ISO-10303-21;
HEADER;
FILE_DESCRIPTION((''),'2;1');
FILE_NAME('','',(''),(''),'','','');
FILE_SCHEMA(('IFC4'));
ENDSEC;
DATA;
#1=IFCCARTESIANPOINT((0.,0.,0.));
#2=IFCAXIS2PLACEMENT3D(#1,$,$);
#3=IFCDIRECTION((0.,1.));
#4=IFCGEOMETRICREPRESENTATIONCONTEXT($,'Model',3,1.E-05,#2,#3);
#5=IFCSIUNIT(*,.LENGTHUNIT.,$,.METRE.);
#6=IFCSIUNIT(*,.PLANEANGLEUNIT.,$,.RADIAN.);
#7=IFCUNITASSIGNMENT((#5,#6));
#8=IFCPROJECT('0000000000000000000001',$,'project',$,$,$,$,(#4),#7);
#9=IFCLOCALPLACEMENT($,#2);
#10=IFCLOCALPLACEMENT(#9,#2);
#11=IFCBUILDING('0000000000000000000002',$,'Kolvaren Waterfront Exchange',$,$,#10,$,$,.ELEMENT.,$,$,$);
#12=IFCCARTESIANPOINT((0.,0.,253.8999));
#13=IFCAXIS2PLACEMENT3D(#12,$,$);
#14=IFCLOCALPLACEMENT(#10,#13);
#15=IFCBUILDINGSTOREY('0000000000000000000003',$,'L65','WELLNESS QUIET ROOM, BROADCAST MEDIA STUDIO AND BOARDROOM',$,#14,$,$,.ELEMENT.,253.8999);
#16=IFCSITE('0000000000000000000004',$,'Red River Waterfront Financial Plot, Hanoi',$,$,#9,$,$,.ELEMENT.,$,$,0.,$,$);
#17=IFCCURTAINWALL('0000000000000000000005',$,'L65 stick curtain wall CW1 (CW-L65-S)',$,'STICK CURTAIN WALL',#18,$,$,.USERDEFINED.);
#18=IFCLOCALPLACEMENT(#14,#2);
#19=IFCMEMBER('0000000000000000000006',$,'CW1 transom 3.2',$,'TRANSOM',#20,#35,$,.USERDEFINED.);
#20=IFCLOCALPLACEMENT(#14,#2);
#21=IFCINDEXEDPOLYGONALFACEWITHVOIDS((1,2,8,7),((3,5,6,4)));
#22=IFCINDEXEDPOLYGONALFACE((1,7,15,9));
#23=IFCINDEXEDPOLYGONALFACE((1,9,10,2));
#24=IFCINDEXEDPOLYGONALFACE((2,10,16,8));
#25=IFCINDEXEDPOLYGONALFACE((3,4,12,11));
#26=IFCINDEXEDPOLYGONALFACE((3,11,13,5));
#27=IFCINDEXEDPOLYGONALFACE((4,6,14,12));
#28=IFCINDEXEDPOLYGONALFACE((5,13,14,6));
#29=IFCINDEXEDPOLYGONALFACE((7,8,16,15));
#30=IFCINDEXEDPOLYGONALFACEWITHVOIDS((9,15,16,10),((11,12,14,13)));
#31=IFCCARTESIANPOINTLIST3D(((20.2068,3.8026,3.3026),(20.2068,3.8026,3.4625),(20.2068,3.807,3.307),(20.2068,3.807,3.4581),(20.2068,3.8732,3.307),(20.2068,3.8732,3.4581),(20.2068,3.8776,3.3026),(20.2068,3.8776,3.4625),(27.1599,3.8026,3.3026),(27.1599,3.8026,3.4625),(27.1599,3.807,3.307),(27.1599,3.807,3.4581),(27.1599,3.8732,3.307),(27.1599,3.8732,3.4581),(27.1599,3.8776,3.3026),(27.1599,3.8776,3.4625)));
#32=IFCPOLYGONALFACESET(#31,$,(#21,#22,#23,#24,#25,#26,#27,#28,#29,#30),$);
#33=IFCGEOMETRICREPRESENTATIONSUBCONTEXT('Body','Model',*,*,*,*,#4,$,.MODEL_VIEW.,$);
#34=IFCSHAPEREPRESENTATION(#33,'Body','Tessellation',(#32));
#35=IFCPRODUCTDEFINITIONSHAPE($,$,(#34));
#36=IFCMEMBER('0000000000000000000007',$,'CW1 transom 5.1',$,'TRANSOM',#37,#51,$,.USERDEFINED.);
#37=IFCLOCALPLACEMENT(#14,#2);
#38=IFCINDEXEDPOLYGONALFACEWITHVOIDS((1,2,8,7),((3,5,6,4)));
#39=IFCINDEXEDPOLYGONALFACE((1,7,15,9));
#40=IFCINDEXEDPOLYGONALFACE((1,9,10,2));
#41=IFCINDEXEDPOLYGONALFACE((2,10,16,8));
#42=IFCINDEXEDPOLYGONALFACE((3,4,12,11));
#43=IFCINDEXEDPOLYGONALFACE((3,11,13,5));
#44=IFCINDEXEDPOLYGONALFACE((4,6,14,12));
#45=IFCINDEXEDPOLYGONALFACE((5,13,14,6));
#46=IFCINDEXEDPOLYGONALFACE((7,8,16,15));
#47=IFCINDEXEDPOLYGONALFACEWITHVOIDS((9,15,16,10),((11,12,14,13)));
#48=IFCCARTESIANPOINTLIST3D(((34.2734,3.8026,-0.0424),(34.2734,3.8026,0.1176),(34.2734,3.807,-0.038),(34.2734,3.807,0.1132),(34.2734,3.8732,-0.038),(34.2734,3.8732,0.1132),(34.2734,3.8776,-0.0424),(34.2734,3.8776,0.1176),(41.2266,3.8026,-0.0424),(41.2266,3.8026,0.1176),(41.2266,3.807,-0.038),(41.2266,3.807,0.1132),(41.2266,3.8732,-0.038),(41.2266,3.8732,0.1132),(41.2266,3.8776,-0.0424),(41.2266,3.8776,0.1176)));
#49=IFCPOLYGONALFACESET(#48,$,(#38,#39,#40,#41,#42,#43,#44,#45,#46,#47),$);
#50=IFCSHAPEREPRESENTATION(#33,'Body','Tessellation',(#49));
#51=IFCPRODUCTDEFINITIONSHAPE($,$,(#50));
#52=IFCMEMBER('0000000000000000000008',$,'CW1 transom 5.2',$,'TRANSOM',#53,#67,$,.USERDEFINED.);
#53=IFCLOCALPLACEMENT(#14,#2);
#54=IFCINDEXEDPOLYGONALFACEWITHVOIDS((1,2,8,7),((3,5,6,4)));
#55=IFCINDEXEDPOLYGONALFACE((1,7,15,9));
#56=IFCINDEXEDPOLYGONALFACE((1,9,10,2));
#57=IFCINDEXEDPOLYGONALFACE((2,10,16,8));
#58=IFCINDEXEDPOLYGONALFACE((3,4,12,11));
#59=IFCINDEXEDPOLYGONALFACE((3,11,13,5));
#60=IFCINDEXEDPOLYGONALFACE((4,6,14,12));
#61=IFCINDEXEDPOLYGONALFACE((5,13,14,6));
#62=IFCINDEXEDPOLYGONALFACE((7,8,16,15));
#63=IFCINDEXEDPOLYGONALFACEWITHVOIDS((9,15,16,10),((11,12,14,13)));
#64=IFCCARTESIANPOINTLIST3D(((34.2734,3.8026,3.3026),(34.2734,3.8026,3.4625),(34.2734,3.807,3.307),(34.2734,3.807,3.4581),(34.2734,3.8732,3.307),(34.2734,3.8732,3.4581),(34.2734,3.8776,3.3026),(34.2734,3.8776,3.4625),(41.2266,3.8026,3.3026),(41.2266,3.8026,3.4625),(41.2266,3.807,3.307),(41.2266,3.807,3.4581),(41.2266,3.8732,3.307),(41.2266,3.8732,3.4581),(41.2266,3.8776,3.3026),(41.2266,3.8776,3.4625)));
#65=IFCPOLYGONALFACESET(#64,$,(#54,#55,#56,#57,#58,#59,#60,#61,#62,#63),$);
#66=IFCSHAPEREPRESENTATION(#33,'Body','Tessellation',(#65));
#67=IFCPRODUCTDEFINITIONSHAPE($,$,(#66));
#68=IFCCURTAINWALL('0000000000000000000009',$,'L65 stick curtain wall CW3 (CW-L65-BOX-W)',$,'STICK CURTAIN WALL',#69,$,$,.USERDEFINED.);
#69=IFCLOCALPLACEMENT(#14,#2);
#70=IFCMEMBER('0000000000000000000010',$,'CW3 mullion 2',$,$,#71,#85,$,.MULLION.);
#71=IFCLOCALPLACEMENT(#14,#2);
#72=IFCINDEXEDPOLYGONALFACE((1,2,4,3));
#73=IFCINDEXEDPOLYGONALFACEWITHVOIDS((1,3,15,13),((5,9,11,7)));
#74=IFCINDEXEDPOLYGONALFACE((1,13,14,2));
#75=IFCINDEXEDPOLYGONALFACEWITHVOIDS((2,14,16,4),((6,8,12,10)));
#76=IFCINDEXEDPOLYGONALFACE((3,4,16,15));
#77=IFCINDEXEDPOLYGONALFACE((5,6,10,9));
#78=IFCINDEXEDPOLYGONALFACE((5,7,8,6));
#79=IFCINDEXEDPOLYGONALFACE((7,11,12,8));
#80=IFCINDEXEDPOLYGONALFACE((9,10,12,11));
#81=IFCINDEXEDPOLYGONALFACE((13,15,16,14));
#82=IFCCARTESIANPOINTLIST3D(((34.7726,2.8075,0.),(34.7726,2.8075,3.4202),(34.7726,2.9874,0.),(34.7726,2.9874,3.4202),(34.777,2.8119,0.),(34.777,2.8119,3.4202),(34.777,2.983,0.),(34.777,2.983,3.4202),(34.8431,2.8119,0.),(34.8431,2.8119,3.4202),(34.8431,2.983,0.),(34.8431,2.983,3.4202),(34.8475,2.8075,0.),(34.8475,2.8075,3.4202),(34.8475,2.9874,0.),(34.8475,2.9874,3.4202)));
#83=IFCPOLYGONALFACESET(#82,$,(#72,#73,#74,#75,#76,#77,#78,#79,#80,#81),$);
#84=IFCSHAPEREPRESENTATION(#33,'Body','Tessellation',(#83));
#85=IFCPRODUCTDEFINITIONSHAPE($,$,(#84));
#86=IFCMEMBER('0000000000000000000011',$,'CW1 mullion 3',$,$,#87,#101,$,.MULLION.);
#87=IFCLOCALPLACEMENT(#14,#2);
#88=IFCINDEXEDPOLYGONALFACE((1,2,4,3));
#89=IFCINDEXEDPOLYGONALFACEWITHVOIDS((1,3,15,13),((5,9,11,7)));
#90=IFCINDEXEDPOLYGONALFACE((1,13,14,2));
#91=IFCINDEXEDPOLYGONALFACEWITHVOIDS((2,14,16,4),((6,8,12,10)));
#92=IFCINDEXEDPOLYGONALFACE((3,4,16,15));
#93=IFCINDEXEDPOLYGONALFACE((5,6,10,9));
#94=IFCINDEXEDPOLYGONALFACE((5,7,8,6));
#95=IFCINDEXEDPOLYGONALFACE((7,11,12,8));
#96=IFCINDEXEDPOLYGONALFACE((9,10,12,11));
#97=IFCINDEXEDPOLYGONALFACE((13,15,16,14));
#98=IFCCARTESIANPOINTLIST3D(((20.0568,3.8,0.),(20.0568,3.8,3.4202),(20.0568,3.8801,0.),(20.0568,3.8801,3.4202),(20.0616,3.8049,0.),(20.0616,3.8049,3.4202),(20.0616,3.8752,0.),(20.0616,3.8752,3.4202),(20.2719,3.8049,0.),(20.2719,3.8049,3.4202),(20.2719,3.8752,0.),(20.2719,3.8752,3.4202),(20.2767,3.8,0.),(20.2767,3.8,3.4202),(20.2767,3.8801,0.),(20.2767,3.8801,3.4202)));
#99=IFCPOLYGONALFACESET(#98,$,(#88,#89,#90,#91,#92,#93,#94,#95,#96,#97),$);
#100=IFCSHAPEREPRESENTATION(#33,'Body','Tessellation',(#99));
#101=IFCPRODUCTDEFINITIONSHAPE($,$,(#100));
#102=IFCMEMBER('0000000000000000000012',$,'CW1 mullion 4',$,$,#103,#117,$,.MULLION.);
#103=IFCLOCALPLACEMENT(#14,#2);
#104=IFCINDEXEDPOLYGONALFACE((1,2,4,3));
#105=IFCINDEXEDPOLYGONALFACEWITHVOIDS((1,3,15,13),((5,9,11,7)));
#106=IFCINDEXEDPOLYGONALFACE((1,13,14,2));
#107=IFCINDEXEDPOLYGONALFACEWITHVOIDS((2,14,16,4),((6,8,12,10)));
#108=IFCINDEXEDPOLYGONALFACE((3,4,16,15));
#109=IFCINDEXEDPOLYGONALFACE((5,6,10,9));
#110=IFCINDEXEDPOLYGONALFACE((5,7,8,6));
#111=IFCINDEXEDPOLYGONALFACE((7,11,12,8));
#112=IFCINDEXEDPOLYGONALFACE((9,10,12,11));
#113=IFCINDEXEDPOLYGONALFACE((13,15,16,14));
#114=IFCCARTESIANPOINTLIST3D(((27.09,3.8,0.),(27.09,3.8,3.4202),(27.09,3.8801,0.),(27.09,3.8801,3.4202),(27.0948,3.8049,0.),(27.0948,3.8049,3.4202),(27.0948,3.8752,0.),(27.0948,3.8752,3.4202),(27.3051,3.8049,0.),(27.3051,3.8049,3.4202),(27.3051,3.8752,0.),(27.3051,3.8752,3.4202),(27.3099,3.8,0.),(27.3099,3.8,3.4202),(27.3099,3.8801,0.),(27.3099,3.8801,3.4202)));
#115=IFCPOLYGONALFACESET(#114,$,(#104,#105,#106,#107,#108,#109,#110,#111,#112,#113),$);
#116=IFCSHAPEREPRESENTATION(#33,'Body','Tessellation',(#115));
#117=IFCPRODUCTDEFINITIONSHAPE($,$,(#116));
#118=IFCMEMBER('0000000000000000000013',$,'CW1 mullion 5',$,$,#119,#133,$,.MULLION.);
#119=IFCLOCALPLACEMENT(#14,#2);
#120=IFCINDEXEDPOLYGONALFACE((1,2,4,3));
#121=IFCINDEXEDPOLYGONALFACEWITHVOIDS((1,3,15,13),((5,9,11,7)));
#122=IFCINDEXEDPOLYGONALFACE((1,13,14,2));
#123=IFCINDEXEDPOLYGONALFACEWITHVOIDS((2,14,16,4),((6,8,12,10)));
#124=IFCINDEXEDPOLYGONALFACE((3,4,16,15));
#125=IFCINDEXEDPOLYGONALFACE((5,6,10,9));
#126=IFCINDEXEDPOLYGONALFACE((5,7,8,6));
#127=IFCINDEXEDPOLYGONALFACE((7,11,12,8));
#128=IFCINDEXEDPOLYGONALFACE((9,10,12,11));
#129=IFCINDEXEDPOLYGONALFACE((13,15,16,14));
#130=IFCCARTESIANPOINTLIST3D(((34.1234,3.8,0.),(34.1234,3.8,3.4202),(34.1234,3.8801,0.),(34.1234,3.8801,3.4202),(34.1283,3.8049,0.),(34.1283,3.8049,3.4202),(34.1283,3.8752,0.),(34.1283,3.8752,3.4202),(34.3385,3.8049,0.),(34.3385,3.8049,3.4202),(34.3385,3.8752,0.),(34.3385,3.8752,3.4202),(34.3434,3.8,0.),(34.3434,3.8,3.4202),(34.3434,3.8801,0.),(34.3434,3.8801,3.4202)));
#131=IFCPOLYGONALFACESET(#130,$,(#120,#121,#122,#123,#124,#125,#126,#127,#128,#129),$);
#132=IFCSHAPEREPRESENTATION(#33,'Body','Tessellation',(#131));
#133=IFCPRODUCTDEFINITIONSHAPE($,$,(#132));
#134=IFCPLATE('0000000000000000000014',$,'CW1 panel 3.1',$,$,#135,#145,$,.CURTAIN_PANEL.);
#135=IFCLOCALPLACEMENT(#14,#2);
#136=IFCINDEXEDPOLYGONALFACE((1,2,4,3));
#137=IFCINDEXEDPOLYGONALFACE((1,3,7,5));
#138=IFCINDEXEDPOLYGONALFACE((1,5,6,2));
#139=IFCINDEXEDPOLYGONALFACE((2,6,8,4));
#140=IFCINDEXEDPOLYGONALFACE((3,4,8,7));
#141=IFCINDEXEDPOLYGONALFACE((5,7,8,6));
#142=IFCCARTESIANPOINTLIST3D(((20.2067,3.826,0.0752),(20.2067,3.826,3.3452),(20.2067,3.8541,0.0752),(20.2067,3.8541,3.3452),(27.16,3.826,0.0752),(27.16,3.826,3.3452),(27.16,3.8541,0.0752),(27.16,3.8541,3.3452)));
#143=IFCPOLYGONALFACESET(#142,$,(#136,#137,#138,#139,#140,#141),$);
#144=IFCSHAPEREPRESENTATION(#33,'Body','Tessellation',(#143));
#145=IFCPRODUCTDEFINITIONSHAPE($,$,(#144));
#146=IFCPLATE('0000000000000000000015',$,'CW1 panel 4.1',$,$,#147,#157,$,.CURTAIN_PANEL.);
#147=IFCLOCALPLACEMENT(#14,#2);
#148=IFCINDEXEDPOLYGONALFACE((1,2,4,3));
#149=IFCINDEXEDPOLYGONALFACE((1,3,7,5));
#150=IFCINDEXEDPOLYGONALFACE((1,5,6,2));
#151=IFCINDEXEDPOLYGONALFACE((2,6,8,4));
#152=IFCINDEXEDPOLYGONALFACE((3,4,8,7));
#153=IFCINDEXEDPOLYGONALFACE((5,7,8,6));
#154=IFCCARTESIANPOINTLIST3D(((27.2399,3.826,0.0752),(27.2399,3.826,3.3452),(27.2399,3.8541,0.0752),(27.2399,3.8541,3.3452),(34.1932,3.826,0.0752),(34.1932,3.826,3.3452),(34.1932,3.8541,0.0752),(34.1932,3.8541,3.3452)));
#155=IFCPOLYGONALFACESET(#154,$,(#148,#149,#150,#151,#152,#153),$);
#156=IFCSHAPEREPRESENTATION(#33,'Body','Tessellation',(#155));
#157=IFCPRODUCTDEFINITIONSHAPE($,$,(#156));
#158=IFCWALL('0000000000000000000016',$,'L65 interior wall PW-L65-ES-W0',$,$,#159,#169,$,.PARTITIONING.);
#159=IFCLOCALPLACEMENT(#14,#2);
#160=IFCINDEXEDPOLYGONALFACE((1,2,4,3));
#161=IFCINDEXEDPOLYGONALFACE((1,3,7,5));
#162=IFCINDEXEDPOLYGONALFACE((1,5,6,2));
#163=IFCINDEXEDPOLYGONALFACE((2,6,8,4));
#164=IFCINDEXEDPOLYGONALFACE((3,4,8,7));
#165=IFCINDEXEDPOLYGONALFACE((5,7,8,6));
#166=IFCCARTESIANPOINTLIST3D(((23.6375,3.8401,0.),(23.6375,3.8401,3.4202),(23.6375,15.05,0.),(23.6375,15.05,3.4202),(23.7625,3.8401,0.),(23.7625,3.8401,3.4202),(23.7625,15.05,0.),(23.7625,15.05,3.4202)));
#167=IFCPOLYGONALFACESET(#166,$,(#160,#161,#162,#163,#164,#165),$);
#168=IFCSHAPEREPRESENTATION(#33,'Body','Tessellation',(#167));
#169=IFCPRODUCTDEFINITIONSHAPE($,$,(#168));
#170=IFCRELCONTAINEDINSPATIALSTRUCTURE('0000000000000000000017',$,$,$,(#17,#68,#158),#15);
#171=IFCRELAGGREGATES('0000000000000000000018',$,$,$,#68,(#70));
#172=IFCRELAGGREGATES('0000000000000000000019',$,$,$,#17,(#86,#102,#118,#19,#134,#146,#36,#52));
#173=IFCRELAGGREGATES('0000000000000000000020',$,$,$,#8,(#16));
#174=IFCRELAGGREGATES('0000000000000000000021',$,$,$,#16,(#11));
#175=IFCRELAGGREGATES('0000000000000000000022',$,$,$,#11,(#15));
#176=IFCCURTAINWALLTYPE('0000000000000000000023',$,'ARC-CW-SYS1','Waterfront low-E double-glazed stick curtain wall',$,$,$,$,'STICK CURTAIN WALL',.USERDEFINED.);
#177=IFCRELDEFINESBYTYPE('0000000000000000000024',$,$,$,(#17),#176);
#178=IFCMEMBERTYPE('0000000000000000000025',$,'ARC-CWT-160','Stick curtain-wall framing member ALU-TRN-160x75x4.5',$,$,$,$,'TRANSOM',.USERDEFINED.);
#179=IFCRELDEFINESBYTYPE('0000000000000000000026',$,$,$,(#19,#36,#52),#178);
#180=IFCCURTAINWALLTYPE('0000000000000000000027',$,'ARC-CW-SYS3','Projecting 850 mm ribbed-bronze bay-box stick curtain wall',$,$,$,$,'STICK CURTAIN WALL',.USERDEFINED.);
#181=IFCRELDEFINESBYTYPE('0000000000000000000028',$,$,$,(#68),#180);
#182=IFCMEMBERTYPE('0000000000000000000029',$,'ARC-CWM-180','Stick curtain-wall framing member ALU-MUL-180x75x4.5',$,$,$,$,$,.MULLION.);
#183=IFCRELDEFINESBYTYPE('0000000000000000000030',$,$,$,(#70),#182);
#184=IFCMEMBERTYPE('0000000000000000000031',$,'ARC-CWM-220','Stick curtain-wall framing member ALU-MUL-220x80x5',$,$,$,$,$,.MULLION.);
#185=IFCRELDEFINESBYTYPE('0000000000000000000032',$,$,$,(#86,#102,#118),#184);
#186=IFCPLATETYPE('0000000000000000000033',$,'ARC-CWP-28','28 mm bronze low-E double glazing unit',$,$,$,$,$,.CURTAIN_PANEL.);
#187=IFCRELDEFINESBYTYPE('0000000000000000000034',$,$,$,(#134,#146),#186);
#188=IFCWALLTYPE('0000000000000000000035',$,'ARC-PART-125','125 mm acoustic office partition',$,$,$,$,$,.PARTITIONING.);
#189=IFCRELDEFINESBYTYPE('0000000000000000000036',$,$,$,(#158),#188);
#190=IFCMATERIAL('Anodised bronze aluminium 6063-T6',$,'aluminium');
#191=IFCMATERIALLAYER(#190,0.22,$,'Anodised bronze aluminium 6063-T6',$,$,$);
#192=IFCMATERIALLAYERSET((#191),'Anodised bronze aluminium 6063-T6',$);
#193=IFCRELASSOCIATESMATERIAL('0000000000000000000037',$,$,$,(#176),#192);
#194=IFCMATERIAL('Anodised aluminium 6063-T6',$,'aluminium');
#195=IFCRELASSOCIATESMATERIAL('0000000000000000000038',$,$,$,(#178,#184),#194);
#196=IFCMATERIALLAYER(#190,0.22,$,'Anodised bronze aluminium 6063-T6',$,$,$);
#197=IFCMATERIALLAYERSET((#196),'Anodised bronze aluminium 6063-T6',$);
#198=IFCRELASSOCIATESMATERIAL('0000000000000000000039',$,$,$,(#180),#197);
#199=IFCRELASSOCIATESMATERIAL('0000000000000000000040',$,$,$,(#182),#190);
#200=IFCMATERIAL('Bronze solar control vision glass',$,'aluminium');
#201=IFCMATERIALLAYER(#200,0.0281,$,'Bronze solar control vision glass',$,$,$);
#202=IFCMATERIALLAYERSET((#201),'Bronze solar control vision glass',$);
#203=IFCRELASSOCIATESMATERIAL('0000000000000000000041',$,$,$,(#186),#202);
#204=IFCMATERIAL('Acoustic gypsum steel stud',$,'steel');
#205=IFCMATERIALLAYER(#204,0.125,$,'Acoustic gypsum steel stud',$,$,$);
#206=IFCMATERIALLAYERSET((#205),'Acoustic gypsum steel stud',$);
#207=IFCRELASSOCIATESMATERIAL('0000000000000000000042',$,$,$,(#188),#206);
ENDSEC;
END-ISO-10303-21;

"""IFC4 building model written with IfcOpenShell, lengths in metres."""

from ifc_helpers import new_model, si_unit, direction, frame, frame_2d, origin, origin_with_axes, origin_2d, place, context, subcontext, project, spatial, rectangle, hollow_rectangle, extrude, source, transform, mapped, material, layer, layer_set, material_profile, profile_set, type_object, element, aggregate, save


model = new_model("IFC4")

# Units and contexts
model_context = context("Model", 3, precision=1e-05, world=origin(), true_north=direction((0.0, 1.0)))
body_context = subcontext(model_context, "Body", "Model", "MODEL_VIEW")
ifc_project = project(units=[si_unit("LENGTHUNIT", "METRE"), si_unit("PLANEANGLEUNIT", "RADIAN")], contexts=[model_context])

# Site, building, storey
site_placement = place(None, origin())
site = spatial("IfcSite", under=ifc_project, at=site_placement, Name="Red River Waterfront Financial Plot, Hanoi", CompositionType="ELEMENT", RefElevation=0.0)
building_placement = place(site_placement, origin())
building = spatial("IfcBuilding", under=site, at=building_placement, Name="Kolvaren Waterfront Exchange", CompositionType="ELEMENT")
storey_placement = place(building_placement, frame((0.0, 0.0, 253.8999)))
storey = spatial("IfcBuildingStorey", under=building, at=storey_placement, Name="L65", Description="WELLNESS QUIET ROOM, BROADCAST MEDIA STUDIO AND BOARDROOM", CompositionType="ELEMENT", Elevation=253.8999)

# Curtain wall, members
ifc_material_1 = material(Name="Anodised bronze aluminium 6063-T6", Category="aluminium")
ifc_layer_1 = layer(ifc_material_1, 0.22, Name="Anodised bronze aluminium 6063-T6")
ifc_layer_set_1 = layer_set([ifc_layer_1], Name="Anodised bronze aluminium 6063-T6")
curtain_wall_type_1 = type_object("IfcCurtainWallType", Name="ARC-CW-SYS1", Description="Waterfront low-E double-glazed stick curtain wall", ElementType="STICK CURTAIN WALL", PredefinedType="USERDEFINED", material=ifc_layer_set_1)
curtain_wall_1_placement = place(storey_placement, origin())
curtain_wall_1 = element("IfcCurtainWall", 1, at=curtain_wall_1_placement, inside=storey, type_object=curtain_wall_type_1, Name="L65 stick curtain wall CW1 (CW-L65-S)", ObjectType="STICK CURTAIN WALL", PredefinedType="USERDEFINED")
ifc_material_2 = material(Name="Anodised aluminium 6063-T6", Category="aluminium")
ifc_material_profile_1 = material_profile(ifc_material_2, hollow_rectangle(XDim=0.075, YDim=0.1599, WallThickness=0.0044, at=origin_2d()), Name="ALU-TRN-160x75x4.5")
ifc_profile_set_1 = profile_set([ifc_material_profile_1], Name="Anodised aluminium 6063-T6")
member_type_1 = type_object("IfcMemberType", Name="ARC-CWT-160", Description="Stick curtain-wall framing member ALU-TRN-160x75x4.5", ElementType="TRANSOM", PredefinedType="USERDEFINED", material=ifc_profile_set_1)
shared_shape_1 = source(origin_with_axes(), body_context, "Body", "SweptSolid", [
    extrude(hollow_rectangle(XDim=0.075, YDim=0.1599, WallThickness=0.0044, at=origin_2d()), origin(), (0.0, 0.0, 1.0), 6.9531),
])
member_1_placement = place(storey_placement, frame((20.2068, 3.8401, 3.3826), z_axis=(1.0, 0.0, 0.0), x_axis=(0.0, 1.0, 0.0)))
member_1 = element("IfcMember", 2, at=member_1_placement, type_object=member_type_1, Name="CW1 transom 3.2", ObjectType="TRANSOM", PredefinedType="USERDEFINED", context=body_context, shape_type="MappedRepresentation", body=[
    mapped(shared_shape_1, transform((0.0, 0.0, 0.0), x_axis=(1.0, 0.0, 0.0), y_axis=(0.0, 1.0, 0.0), z_axis=(0.0, 0.0, 1.0), scale=1.0)),
])
member_2_placement = place(storey_placement, frame((34.2734, 3.8401, 0.0376), z_axis=(1.0, 0.0, 0.0), x_axis=(0.0, 1.0, 0.0)))
member_2 = element("IfcMember", 3, at=member_2_placement, type_object=member_type_1, Name="CW1 transom 5.1", ObjectType="TRANSOM", PredefinedType="USERDEFINED", context=body_context, shape_type="MappedRepresentation", body=[
    mapped(shared_shape_1, transform((0.0, 0.0, 0.0), x_axis=(1.0, 0.0, 0.0), y_axis=(0.0, 1.0, 0.0), z_axis=(0.0, 0.0, 1.0), scale=1.0)),
])
member_3_placement = place(storey_placement, frame((34.2734, 3.8401, 3.3826), z_axis=(1.0, 0.0, 0.0), x_axis=(0.0, 1.0, 0.0)))
member_3 = element("IfcMember", 4, at=member_3_placement, type_object=member_type_1, Name="CW1 transom 5.2", ObjectType="TRANSOM", PredefinedType="USERDEFINED", context=body_context, shape_type="MappedRepresentation", body=[
    mapped(shared_shape_1, transform((0.0, 0.0, 0.0), x_axis=(1.0, 0.0, 0.0), y_axis=(0.0, 1.0, 0.0), z_axis=(0.0, 0.0, 1.0), scale=1.0)),
])

# Curtain wall, member
ifc_layer_2 = layer(ifc_material_1, 0.22, Name="Anodised bronze aluminium 6063-T6")
ifc_layer_set_2 = layer_set([ifc_layer_2], Name="Anodised bronze aluminium 6063-T6")
curtain_wall_type_2 = type_object("IfcCurtainWallType", Name="ARC-CW-SYS3", Description="Projecting 850 mm ribbed-bronze bay-box stick curtain wall", ElementType="STICK CURTAIN WALL", PredefinedType="USERDEFINED", material=ifc_layer_set_2)
curtain_wall_2_placement = place(storey_placement, origin())
curtain_wall_2 = element("IfcCurtainWall", 5, at=curtain_wall_2_placement, inside=storey, type_object=curtain_wall_type_2, Name="L65 stick curtain wall CW3 (CW-L65-BOX-W)", ObjectType="STICK CURTAIN WALL", PredefinedType="USERDEFINED")
ifc_material_profile_2 = material_profile(ifc_material_1, hollow_rectangle(XDim=0.075, YDim=0.1799, WallThickness=0.0044, at=origin_2d()), Name="ALU-MUL-180x75x4.5")
ifc_profile_set_2 = profile_set([ifc_material_profile_2], Name="Anodised bronze aluminium 6063-T6")
member_type_2 = type_object("IfcMemberType", Name="ARC-CWM-180", Description="Stick curtain-wall framing member ALU-MUL-180x75x4.5", PredefinedType="MULLION", material=ifc_profile_set_2)
shared_shape_2 = source(origin_with_axes(), body_context, "Body", "SweptSolid", [
    extrude(hollow_rectangle(XDim=0.075, YDim=0.1799, WallThickness=0.0044, at=origin_2d()), origin(), (0.0, 0.0, 1.0), 3.4202),
])
member_4_placement = place(storey_placement, frame((34.8101, 2.8975, 0.0), z_axis=(0.0, 0.0, 1.0), x_axis=(1.0, 0.0, 0.0)))
member_4 = element("IfcMember", 6, at=member_4_placement, type_object=member_type_2, Name="CW3 mullion 2", PredefinedType="MULLION", context=body_context, shape_type="MappedRepresentation", body=[
    mapped(shared_shape_2, transform((0.0, 0.0, 0.0), x_axis=(1.0, 0.0, 0.0), y_axis=(0.0, 1.0, 0.0), z_axis=(0.0, 0.0, 1.0), scale=1.0)),
])
aggregate(curtain_wall_2, [member_4])

# Members
ifc_material_profile_3 = material_profile(ifc_material_2, hollow_rectangle(XDim=0.0801, YDim=0.22, WallThickness=0.0049, at=origin_2d()), Name="ALU-MUL-220x80x5")
ifc_profile_set_3 = profile_set([ifc_material_profile_3], Name="Anodised aluminium 6063-T6")
member_type_3 = type_object("IfcMemberType", Name="ARC-CWM-220", Description="Stick curtain-wall framing member ALU-MUL-220x80x5", PredefinedType="MULLION", material=ifc_profile_set_3)
shared_shape_3 = source(origin_with_axes(), body_context, "Body", "SweptSolid", [
    extrude(hollow_rectangle(XDim=0.0801, YDim=0.22, WallThickness=0.0049, at=origin_2d()), origin(), (0.0, 0.0, 1.0), 3.4202),
])
member_5_placement = place(storey_placement, frame((20.1667, 3.8401, 0.0), z_axis=(0.0, 0.0, 1.0), x_axis=(0.0, 1.0, 0.0)))
member_5 = element("IfcMember", 7, at=member_5_placement, type_object=member_type_3, Name="CW1 mullion 3", PredefinedType="MULLION", context=body_context, shape_type="MappedRepresentation", body=[
    mapped(shared_shape_3, transform((0.0, 0.0, 0.0), x_axis=(1.0, 0.0, 0.0), y_axis=(0.0, 1.0, 0.0), z_axis=(0.0, 0.0, 1.0), scale=1.0)),
])
member_6_placement = place(storey_placement, frame((27.2, 3.8401, 0.0), z_axis=(0.0, 0.0, 1.0), x_axis=(0.0, 1.0, 0.0)))
member_6 = element("IfcMember", 8, at=member_6_placement, type_object=member_type_3, Name="CW1 mullion 4", PredefinedType="MULLION", context=body_context, shape_type="MappedRepresentation", body=[
    mapped(shared_shape_3, transform((0.0, 0.0, 0.0), x_axis=(1.0, 0.0, 0.0), y_axis=(0.0, 1.0, 0.0), z_axis=(0.0, 0.0, 1.0), scale=1.0)),
])
member_7_placement = place(storey_placement, frame((34.2334, 3.8401, 0.0), z_axis=(0.0, 0.0, 1.0), x_axis=(0.0, 1.0, 0.0)))
member_7 = element("IfcMember", 9, at=member_7_placement, type_object=member_type_3, Name="CW1 mullion 5", PredefinedType="MULLION", context=body_context, shape_type="MappedRepresentation", body=[
    mapped(shared_shape_3, transform((0.0, 0.0, 0.0), x_axis=(1.0, 0.0, 0.0), y_axis=(0.0, 1.0, 0.0), z_axis=(0.0, 0.0, 1.0), scale=1.0)),
])

# Plates
ifc_material_3 = material(Name="Bronze solar control vision glass", Category="aluminium")
ifc_layer_3 = layer(ifc_material_3, 0.0281, Name="Bronze solar control vision glass")
ifc_layer_set_3 = layer_set([ifc_layer_3], Name="Bronze solar control vision glass")
plate_type = type_object("IfcPlateType", Name="ARC-CWP-28", Description="28 mm bronze low-E double glazing unit", PredefinedType="CURTAIN_PANEL", material=ifc_layer_set_3)
shared_shape_4 = source(origin_with_axes(), body_context, "Body", "SweptSolid", [
    extrude(rectangle(XDim=6.9534, YDim=0.0281, at=origin_2d()), origin(), (0.0, 0.0, 1.0), 3.27),
])
plate_1_placement = place(storey_placement, frame((23.6833, 3.8401, 0.0752), z_axis=(0.0, 0.0, 1.0), x_axis=(1.0, 0.0, 0.0)))
plate_1 = element("IfcPlate", 10, at=plate_1_placement, type_object=plate_type, Name="CW1 panel 3.1", PredefinedType="CURTAIN_PANEL", context=body_context, shape_type="MappedRepresentation", body=[
    mapped(shared_shape_4, transform((0.0, 0.0, 0.0), x_axis=(1.0, 0.0, 0.0), y_axis=(0.0, 1.0, 0.0), z_axis=(0.0, 0.0, 1.0), scale=1.0)),
])
plate_2_placement = place(storey_placement, frame((30.7166, 3.8401, 0.0752), z_axis=(0.0, 0.0, 1.0), x_axis=(1.0, 0.0, 0.0)))
plate_2 = element("IfcPlate", 11, at=plate_2_placement, type_object=plate_type, Name="CW1 panel 4.1", PredefinedType="CURTAIN_PANEL", context=body_context, shape_type="MappedRepresentation", body=[
    mapped(shared_shape_4, transform((0.0, 0.0, 0.0), x_axis=(1.0, 0.0, 0.0), y_axis=(0.0, 1.0, 0.0), z_axis=(0.0, 0.0, 1.0), scale=1.0)),
])
aggregate(curtain_wall_1, [member_5, member_6, member_7, member_1, plate_1, plate_2, member_2, member_3])

# Shared definitions
ifc_material_4 = material(Name="Acoustic gypsum steel stud", Category="steel")
ifc_layer_4 = layer(ifc_material_4, 0.125, Name="Acoustic gypsum steel stud")
ifc_layer_set_4 = layer_set([ifc_layer_4], Name="Acoustic gypsum steel stud")
wall_type_1 = type_object("IfcWallType", Name="ARC-PART-125", Description="125 mm acoustic office partition", PredefinedType="PARTITIONING", material=ifc_layer_set_4)

# Wall
wall_1_placement = place(storey_placement, frame((23.7, 3.8401, 0.0), z_axis=(0.0, 0.0, 1.0), x_axis=(0.0, 1.0, 0.0)))
element("IfcWall", 12, at=wall_1_placement, inside=storey, type_object=wall_type_1, Name="L65 interior wall PW-L65-ES-W0", PredefinedType="PARTITIONING", context=body_context, shape_type="SweptSolid", body=[
    extrude(rectangle(XDim=11.21, YDim=0.125, at=frame_2d((5.605, 0.0))), origin(), (0.0, 0.0, 1.0), 3.4202),
])

save(model, "model.ifc")
